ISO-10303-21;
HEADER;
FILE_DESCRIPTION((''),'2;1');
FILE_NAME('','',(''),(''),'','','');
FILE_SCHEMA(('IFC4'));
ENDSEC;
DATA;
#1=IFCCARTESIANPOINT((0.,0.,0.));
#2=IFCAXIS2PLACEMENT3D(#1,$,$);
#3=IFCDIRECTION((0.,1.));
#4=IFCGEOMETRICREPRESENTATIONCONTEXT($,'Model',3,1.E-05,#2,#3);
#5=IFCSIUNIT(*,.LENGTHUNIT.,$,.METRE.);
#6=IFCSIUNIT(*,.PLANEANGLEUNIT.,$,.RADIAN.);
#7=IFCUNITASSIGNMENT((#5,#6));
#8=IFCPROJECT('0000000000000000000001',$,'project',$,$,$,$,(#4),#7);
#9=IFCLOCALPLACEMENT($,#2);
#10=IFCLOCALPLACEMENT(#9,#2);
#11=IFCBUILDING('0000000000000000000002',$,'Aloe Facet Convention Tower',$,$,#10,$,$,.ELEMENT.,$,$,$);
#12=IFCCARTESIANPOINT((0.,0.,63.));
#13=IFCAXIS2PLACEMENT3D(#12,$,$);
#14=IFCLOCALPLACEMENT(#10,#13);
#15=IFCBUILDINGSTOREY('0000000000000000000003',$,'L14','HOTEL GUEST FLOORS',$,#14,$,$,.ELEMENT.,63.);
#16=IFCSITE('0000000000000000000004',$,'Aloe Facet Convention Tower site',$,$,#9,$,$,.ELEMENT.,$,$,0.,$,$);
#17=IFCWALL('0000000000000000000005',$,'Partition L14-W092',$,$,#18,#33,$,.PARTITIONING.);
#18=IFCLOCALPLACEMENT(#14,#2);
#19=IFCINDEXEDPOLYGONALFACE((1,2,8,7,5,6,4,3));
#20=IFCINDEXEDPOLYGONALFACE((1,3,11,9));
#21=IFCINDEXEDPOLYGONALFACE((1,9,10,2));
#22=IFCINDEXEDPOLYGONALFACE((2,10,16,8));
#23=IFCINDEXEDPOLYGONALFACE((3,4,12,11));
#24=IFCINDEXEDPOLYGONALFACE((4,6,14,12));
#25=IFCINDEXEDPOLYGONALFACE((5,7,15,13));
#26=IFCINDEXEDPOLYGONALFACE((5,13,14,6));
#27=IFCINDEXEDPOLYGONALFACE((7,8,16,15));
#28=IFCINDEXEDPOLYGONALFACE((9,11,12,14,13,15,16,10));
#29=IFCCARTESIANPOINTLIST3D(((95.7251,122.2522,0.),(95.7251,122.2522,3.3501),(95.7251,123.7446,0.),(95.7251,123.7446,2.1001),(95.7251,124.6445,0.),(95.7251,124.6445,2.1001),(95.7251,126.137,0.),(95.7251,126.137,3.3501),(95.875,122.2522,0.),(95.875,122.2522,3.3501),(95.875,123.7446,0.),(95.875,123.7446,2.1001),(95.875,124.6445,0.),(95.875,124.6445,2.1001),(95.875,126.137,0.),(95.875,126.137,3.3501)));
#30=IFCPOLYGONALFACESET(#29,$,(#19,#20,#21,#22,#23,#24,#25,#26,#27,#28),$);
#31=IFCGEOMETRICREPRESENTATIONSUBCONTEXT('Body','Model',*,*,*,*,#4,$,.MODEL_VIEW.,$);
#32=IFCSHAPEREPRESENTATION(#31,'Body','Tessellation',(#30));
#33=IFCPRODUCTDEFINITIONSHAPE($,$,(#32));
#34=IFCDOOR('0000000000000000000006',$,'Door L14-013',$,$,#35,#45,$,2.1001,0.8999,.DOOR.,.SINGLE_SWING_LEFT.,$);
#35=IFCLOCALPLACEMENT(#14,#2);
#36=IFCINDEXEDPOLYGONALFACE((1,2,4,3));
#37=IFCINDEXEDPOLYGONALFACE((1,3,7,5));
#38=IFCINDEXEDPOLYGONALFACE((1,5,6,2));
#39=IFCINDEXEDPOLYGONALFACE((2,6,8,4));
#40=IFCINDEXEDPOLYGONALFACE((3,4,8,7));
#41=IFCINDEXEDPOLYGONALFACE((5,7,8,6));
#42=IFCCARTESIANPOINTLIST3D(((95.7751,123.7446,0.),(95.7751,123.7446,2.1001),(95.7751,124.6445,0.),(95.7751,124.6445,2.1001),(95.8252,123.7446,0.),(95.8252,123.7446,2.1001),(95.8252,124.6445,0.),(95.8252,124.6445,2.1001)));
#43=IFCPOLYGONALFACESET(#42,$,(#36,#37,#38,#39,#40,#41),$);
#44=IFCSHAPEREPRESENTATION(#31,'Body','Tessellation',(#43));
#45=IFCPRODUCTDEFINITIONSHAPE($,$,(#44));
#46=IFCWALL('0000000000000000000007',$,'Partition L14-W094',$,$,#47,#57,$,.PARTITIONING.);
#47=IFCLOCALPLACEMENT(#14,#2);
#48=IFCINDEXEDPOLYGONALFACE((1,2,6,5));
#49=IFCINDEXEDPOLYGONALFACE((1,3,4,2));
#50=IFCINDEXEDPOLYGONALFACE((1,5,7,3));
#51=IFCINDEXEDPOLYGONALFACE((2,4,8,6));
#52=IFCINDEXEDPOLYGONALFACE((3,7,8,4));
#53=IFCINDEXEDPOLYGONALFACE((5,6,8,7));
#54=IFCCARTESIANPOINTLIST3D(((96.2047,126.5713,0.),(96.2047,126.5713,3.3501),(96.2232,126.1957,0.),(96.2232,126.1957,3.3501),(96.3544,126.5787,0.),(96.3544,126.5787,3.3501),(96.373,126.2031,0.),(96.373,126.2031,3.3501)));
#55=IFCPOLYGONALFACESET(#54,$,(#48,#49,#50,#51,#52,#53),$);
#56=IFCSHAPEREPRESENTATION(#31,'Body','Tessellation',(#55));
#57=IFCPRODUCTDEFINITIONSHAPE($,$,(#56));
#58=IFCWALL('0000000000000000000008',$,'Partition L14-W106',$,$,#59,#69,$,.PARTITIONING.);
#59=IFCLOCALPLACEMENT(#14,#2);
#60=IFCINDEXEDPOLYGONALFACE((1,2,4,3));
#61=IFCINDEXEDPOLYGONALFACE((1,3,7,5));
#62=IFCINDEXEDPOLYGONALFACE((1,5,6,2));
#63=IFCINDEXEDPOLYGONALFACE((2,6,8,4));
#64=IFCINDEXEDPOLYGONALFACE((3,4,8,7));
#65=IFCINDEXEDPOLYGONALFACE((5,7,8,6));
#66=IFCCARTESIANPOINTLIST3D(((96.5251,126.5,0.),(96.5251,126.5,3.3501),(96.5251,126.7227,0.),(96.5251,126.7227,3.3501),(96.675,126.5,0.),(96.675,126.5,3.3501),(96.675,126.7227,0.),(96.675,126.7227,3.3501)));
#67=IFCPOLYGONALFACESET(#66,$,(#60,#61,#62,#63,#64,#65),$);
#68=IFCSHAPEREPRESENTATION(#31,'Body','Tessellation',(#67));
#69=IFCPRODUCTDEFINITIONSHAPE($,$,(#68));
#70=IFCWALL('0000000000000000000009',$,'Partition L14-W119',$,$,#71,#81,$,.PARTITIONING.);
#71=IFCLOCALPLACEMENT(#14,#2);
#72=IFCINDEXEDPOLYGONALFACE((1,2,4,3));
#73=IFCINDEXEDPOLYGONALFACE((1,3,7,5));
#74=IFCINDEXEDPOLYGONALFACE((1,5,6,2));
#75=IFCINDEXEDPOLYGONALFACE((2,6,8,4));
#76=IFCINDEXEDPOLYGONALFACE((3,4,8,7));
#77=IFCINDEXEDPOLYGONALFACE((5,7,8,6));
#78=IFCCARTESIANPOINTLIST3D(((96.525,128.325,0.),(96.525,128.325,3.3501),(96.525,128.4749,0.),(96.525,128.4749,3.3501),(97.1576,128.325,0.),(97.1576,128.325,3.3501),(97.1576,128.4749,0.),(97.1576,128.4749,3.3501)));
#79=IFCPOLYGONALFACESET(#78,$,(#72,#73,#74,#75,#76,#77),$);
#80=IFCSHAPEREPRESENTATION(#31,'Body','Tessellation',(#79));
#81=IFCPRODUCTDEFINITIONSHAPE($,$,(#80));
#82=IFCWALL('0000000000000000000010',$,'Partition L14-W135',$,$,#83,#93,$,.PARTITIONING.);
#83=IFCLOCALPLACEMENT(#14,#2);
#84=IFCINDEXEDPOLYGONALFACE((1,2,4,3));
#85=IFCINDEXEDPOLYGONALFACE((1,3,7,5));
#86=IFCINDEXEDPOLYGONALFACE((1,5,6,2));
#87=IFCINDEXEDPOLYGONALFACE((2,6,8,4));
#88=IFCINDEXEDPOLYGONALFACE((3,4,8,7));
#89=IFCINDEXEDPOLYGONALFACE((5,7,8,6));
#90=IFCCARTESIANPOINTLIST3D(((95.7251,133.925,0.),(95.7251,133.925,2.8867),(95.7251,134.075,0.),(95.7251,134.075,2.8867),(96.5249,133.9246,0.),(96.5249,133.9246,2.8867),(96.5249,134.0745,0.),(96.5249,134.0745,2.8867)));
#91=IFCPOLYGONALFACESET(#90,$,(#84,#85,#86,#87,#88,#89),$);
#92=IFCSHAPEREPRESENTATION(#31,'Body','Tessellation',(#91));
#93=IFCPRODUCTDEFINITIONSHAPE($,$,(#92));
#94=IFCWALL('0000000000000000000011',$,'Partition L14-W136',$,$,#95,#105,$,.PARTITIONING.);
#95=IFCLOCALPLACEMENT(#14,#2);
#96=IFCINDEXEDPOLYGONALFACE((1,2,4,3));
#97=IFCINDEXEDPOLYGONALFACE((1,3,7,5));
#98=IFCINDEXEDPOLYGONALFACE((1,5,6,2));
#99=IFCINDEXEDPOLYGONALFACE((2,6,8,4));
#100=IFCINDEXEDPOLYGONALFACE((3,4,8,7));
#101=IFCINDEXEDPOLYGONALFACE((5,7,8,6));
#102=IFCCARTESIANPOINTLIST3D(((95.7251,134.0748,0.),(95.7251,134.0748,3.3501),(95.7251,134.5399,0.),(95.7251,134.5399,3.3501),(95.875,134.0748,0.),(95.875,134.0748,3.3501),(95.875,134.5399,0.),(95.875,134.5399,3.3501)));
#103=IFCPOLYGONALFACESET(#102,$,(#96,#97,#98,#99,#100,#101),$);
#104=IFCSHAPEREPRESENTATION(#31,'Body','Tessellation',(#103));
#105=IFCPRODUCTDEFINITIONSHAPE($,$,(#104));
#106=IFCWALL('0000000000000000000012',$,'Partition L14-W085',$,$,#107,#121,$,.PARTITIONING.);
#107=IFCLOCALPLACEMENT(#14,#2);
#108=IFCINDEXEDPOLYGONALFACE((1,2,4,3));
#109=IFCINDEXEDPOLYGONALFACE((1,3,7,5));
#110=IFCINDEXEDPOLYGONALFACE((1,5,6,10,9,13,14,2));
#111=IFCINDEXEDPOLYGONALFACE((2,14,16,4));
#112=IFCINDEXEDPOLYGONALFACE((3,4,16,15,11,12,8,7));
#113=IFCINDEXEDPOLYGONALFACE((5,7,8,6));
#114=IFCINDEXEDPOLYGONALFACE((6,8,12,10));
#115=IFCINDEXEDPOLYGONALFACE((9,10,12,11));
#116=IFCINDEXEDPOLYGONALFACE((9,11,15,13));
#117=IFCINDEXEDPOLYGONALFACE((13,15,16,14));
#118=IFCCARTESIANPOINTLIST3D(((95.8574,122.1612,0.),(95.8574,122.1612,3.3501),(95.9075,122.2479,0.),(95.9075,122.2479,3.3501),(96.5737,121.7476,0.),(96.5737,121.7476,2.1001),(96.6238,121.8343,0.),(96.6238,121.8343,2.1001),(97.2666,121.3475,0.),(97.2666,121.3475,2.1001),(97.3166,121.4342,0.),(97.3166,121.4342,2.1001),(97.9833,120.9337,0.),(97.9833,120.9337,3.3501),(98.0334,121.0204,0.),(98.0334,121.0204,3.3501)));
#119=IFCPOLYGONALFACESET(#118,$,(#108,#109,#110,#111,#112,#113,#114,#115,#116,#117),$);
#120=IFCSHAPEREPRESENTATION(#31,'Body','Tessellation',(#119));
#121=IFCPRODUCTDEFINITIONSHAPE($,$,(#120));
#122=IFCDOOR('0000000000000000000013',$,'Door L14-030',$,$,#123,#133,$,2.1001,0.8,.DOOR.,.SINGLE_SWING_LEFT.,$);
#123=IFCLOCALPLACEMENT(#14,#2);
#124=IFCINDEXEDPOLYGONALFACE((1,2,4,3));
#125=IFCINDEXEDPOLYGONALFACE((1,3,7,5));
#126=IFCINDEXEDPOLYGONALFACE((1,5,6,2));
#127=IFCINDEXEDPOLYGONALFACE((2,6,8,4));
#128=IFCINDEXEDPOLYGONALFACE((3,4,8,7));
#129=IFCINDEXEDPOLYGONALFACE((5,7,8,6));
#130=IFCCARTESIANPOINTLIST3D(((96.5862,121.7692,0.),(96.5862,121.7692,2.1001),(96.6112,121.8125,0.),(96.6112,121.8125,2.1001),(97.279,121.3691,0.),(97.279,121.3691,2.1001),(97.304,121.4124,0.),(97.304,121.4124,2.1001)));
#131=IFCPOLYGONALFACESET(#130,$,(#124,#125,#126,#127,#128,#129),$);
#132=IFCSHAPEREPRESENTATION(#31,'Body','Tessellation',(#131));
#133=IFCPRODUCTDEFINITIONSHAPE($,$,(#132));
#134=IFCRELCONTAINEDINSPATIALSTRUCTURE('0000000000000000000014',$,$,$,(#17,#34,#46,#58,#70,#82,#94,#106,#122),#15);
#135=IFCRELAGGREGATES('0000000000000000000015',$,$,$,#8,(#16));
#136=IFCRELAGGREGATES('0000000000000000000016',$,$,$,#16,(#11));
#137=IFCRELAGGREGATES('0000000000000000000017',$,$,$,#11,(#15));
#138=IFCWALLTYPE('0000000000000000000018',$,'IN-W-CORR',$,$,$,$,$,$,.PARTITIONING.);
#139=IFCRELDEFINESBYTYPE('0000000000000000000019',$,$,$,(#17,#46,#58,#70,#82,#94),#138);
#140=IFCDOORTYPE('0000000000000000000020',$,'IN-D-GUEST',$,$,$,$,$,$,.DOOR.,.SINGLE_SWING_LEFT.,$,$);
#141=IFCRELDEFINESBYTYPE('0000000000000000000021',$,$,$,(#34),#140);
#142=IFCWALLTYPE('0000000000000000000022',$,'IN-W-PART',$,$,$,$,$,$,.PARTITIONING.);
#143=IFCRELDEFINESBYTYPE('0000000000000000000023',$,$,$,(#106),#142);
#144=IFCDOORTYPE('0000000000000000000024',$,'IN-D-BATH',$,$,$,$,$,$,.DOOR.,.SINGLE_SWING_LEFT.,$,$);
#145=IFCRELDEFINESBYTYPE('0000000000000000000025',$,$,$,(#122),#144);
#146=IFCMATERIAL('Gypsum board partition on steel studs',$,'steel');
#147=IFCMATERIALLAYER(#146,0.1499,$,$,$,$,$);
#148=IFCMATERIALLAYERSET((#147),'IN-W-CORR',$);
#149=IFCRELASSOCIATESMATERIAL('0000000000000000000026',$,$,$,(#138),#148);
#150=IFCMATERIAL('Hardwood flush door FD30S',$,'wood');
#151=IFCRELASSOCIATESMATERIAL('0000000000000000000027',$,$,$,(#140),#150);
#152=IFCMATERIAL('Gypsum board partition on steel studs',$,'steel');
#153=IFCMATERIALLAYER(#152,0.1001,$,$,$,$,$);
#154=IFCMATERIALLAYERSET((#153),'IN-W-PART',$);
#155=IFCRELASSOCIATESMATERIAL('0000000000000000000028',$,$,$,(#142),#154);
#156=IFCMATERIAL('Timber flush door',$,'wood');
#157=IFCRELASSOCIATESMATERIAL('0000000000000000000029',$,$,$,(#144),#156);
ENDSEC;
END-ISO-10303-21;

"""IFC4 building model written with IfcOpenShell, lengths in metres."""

from ifc_helpers import new_model, si_unit, direction, frame, frame_2d, origin, place, context, subcontext, project, spatial, rectangle, extrude, material, layer, layer_set, type_object, element, fill, save


model = new_model("IFC4")

# Units and contexts
model_context = context("Model", 3, precision=1e-05, world=origin(), true_north=direction((0.0, 1.0)))
body_context = subcontext(model_context, "Body", "Model", "MODEL_VIEW")
ifc_project = project(units=[si_unit("LENGTHUNIT", "METRE"), si_unit("PLANEANGLEUNIT", "RADIAN")], contexts=[model_context])

# Site, building, storey
site_placement = place(None, origin())
site = spatial("IfcSite", under=ifc_project, at=site_placement, Name="Aloe Facet Convention Tower site", CompositionType="ELEMENT", RefElevation=0.0)
building_placement = place(site_placement, origin())
building = spatial("IfcBuilding", under=site, at=building_placement, Name="Aloe Facet Convention Tower", CompositionType="ELEMENT")
storey_placement = place(building_placement, frame((0.0, 0.0, 63.0)))
storey = spatial("IfcBuildingStorey", under=building, at=storey_placement, Name="L14", Description="HOTEL GUEST FLOORS", CompositionType="ELEMENT", Elevation=63.0)

# Wall, opening, door
ifc_material_1 = material(Name="Gypsum board partition on steel studs", Category="steel")
ifc_layer_1 = layer(ifc_material_1, 0.1499)
ifc_layer_set_1 = layer_set([ifc_layer_1], Name="IN-W-CORR")
wall_type_1 = type_object("IfcWallType", Name="IN-W-CORR", PredefinedType="PARTITIONING", material=ifc_layer_set_1)
wall_1_placement = place(storey_placement, frame((95.8, 122.2522, 0.0), z_axis=(0.0, 0.0, 1.0), x_axis=(0.0, 1.0, 0.0)))
wall_1 = element("IfcWall", 1, at=wall_1_placement, inside=storey, type_object=wall_type_1, Name="Partition L14-W092", PredefinedType="PARTITIONING", context=body_context, shape_type="SweptSolid", body=[
    extrude(rectangle(XDim=3.8848, YDim=0.1499, at=frame_2d((1.9424, 0.0))), origin(), (0.0, 0.0, 1.0), 3.3501),
])
opening_1_placement = place(wall_1_placement, frame((1.4924, 0.0, 0.0)))
opening_1 = element("IfcOpeningElement", 2, at=opening_1_placement, cuts=wall_1, PredefinedType="OPENING", context=body_context, shape_type="SweptSolid", body=[
    extrude(rectangle(XDim=0.8999, YDim=2.1001, at=frame_2d((0.45, 1.05))), frame((0.0, 0.085, 0.0), z_axis=(0.0, -1.0, 0.0), x_axis=(1.0, 0.0, 0.0)), (0.0, 0.0, 1.0), 0.1699),
])
ifc_material_2 = material(Name="Hardwood flush door FD30S", Category="wood")
door_type_1 = type_object("IfcDoorType", Name="IN-D-GUEST", OperationType="SINGLE_SWING_LEFT", PredefinedType="DOOR", material=ifc_material_2)
door_1_placement = place(opening_1_placement, origin())
door_1 = element("IfcDoor", 3, at=door_1_placement, inside=storey, type_object=door_type_1, Name="Door L14-013", OperationType="SINGLE_SWING_LEFT", OverallHeight=2.1001, OverallWidth=0.8999, PredefinedType="DOOR", context=body_context, shape_type="SweptSolid", body=[
    extrude(rectangle(XDim=0.8999, YDim=2.1001, at=frame_2d((0.45, 1.05))), frame((0.0, 0.0249, 0.0), z_axis=(0.0, -1.0, 0.0), x_axis=(1.0, 0.0, 0.0)), (0.0, 0.0, 1.0), 0.05),
])
fill(opening_1, door_1)

# Walls
wall_2_placement = place(storey_placement, frame((96.2795, 126.575, 0.0), z_axis=(0.0, 0.0, 1.0), x_axis=(0.049355, -0.998781, 0.0)))
element("IfcWall", 4, at=wall_2_placement, inside=storey, type_object=wall_type_1, Name="Partition L14-W094", PredefinedType="PARTITIONING", context=body_context, shape_type="SweptSolid", body=[
    extrude(rectangle(XDim=0.376, YDim=0.1499, at=frame_2d((0.188, 0.0))), origin(), (0.0, 0.0, 1.0), 3.3501),
])
wall_3_placement = place(storey_placement, frame((96.6001, 126.5, 0.0), z_axis=(0.0, 0.0, 1.0), x_axis=(0.0, 1.0, 0.0)))
element("IfcWall", 5, at=wall_3_placement, inside=storey, type_object=wall_type_1, Name="Partition L14-W106", PredefinedType="PARTITIONING", context=body_context, shape_type="SweptSolid", body=[
    extrude(rectangle(XDim=0.2227, YDim=0.1499, at=frame_2d((0.1113, 0.0))), origin(), (0.0, 0.0, 1.0), 3.3501),
])
wall_4_placement = place(storey_placement, frame((96.5249, 128.3999, 0.0), z_axis=(0.0, 0.0, 1.0), x_axis=(1.0, 0.0, 0.0)))
element("IfcWall", 6, at=wall_4_placement, inside=storey, type_object=wall_type_1, Name="Partition L14-W119", PredefinedType="PARTITIONING", context=body_context, shape_type="SweptSolid", body=[
    extrude(rectangle(XDim=0.6326, YDim=0.1499, at=frame_2d((0.3164, 0.0))), origin(), (0.0, 0.0, 1.0), 3.3501),
])
wall_5_placement = place(storey_placement, frame((95.7251, 134.0, 0.0), z_axis=(0.0, 0.0, 1.0), x_axis=(1.0, -0.000611, 0.0)))
element("IfcWall", 7, at=wall_5_placement, inside=storey, type_object=wall_type_1, Name="Partition L14-W135", PredefinedType="PARTITIONING", context=body_context, shape_type="SweptSolid", body=[
    extrude(rectangle(XDim=0.7998, YDim=0.1499, at=frame_2d((0.3999, 0.0))), origin(), (0.0, 0.0, 1.0), 2.8867),
])
wall_6_placement = place(storey_placement, frame((95.8, 134.075, 0.0), z_axis=(0.0, 0.0, 1.0), x_axis=(0.0, 1.0, 0.0)))
element("IfcWall", 8, at=wall_6_placement, inside=storey, type_object=wall_type_1, Name="Partition L14-W136", PredefinedType="PARTITIONING", context=body_context, shape_type="SweptSolid", body=[
    extrude(rectangle(XDim=0.4651, YDim=0.1499, at=frame_2d((0.2324, 0.0))), origin(), (0.0, 0.0, 1.0), 3.3501),
])

# Wall, opening, door
ifc_material_3 = material(Name="Gypsum board partition on steel studs", Category="steel")
ifc_layer_2 = layer(ifc_material_3, 0.1001)
ifc_layer_set_2 = layer_set([ifc_layer_2], Name="IN-W-PART")
wall_type_2 = type_object("IfcWallType", Name="IN-W-PART", PredefinedType="PARTITIONING", material=ifc_layer_set_2)
wall_7_placement = place(storey_placement, frame((95.8823, 122.2046, 0.0), z_axis=(0.0, 0.0, 1.0), x_axis=(0.866007, -0.500032, 0.0)))
wall_7 = element("IfcWall", 9, at=wall_7_placement, inside=storey, type_object=wall_type_2, Name="Partition L14-W085", PredefinedType="PARTITIONING", context=body_context, shape_type="SweptSolid", body=[
    extrude(rectangle(XDim=2.4548, YDim=0.1001, at=frame_2d((1.2275, 0.0))), origin(), (0.0, 0.0, 1.0), 3.3501),
])
opening_2_placement = place(wall_7_placement, frame((0.8274, 0.0, 0.0)))
opening_2 = element("IfcOpeningElement", 10, at=opening_2_placement, cuts=wall_7, PredefinedType="OPENING", context=body_context, shape_type="SweptSolid", body=[
    extrude(rectangle(XDim=0.8, YDim=2.1001, at=frame_2d((0.3999, 1.05))), frame((0.0, 0.0601, 0.0), z_axis=(0.0, -1.0, 0.0), x_axis=(1.0, 0.0, 0.0)), (0.0, 0.0, 1.0), 0.1201),
])
ifc_material_4 = material(Name="Timber flush door", Category="wood")
door_type_2 = type_object("IfcDoorType", Name="IN-D-BATH", OperationType="SINGLE_SWING_LEFT", PredefinedType="DOOR", material=ifc_material_4)
door_2_placement = place(opening_2_placement, origin())
door_2 = element("IfcDoor", 11, at=door_2_placement, inside=storey, type_object=door_type_2, Name="Door L14-030", OperationType="SINGLE_SWING_LEFT", OverallHeight=2.1001, OverallWidth=0.8, PredefinedType="DOOR", context=body_context, shape_type="SweptSolid", body=[
    extrude(rectangle(XDim=0.8, YDim=2.1001, at=frame_2d((0.3999, 1.05))), frame((0.0, 0.0249, 0.0), z_axis=(0.0, -1.0, 0.0), x_axis=(1.0, 0.0, 0.0)), (0.0, 0.0, 1.0), 0.05),
])
fill(opening_2, door_2)

save(model, "model.ifc")
